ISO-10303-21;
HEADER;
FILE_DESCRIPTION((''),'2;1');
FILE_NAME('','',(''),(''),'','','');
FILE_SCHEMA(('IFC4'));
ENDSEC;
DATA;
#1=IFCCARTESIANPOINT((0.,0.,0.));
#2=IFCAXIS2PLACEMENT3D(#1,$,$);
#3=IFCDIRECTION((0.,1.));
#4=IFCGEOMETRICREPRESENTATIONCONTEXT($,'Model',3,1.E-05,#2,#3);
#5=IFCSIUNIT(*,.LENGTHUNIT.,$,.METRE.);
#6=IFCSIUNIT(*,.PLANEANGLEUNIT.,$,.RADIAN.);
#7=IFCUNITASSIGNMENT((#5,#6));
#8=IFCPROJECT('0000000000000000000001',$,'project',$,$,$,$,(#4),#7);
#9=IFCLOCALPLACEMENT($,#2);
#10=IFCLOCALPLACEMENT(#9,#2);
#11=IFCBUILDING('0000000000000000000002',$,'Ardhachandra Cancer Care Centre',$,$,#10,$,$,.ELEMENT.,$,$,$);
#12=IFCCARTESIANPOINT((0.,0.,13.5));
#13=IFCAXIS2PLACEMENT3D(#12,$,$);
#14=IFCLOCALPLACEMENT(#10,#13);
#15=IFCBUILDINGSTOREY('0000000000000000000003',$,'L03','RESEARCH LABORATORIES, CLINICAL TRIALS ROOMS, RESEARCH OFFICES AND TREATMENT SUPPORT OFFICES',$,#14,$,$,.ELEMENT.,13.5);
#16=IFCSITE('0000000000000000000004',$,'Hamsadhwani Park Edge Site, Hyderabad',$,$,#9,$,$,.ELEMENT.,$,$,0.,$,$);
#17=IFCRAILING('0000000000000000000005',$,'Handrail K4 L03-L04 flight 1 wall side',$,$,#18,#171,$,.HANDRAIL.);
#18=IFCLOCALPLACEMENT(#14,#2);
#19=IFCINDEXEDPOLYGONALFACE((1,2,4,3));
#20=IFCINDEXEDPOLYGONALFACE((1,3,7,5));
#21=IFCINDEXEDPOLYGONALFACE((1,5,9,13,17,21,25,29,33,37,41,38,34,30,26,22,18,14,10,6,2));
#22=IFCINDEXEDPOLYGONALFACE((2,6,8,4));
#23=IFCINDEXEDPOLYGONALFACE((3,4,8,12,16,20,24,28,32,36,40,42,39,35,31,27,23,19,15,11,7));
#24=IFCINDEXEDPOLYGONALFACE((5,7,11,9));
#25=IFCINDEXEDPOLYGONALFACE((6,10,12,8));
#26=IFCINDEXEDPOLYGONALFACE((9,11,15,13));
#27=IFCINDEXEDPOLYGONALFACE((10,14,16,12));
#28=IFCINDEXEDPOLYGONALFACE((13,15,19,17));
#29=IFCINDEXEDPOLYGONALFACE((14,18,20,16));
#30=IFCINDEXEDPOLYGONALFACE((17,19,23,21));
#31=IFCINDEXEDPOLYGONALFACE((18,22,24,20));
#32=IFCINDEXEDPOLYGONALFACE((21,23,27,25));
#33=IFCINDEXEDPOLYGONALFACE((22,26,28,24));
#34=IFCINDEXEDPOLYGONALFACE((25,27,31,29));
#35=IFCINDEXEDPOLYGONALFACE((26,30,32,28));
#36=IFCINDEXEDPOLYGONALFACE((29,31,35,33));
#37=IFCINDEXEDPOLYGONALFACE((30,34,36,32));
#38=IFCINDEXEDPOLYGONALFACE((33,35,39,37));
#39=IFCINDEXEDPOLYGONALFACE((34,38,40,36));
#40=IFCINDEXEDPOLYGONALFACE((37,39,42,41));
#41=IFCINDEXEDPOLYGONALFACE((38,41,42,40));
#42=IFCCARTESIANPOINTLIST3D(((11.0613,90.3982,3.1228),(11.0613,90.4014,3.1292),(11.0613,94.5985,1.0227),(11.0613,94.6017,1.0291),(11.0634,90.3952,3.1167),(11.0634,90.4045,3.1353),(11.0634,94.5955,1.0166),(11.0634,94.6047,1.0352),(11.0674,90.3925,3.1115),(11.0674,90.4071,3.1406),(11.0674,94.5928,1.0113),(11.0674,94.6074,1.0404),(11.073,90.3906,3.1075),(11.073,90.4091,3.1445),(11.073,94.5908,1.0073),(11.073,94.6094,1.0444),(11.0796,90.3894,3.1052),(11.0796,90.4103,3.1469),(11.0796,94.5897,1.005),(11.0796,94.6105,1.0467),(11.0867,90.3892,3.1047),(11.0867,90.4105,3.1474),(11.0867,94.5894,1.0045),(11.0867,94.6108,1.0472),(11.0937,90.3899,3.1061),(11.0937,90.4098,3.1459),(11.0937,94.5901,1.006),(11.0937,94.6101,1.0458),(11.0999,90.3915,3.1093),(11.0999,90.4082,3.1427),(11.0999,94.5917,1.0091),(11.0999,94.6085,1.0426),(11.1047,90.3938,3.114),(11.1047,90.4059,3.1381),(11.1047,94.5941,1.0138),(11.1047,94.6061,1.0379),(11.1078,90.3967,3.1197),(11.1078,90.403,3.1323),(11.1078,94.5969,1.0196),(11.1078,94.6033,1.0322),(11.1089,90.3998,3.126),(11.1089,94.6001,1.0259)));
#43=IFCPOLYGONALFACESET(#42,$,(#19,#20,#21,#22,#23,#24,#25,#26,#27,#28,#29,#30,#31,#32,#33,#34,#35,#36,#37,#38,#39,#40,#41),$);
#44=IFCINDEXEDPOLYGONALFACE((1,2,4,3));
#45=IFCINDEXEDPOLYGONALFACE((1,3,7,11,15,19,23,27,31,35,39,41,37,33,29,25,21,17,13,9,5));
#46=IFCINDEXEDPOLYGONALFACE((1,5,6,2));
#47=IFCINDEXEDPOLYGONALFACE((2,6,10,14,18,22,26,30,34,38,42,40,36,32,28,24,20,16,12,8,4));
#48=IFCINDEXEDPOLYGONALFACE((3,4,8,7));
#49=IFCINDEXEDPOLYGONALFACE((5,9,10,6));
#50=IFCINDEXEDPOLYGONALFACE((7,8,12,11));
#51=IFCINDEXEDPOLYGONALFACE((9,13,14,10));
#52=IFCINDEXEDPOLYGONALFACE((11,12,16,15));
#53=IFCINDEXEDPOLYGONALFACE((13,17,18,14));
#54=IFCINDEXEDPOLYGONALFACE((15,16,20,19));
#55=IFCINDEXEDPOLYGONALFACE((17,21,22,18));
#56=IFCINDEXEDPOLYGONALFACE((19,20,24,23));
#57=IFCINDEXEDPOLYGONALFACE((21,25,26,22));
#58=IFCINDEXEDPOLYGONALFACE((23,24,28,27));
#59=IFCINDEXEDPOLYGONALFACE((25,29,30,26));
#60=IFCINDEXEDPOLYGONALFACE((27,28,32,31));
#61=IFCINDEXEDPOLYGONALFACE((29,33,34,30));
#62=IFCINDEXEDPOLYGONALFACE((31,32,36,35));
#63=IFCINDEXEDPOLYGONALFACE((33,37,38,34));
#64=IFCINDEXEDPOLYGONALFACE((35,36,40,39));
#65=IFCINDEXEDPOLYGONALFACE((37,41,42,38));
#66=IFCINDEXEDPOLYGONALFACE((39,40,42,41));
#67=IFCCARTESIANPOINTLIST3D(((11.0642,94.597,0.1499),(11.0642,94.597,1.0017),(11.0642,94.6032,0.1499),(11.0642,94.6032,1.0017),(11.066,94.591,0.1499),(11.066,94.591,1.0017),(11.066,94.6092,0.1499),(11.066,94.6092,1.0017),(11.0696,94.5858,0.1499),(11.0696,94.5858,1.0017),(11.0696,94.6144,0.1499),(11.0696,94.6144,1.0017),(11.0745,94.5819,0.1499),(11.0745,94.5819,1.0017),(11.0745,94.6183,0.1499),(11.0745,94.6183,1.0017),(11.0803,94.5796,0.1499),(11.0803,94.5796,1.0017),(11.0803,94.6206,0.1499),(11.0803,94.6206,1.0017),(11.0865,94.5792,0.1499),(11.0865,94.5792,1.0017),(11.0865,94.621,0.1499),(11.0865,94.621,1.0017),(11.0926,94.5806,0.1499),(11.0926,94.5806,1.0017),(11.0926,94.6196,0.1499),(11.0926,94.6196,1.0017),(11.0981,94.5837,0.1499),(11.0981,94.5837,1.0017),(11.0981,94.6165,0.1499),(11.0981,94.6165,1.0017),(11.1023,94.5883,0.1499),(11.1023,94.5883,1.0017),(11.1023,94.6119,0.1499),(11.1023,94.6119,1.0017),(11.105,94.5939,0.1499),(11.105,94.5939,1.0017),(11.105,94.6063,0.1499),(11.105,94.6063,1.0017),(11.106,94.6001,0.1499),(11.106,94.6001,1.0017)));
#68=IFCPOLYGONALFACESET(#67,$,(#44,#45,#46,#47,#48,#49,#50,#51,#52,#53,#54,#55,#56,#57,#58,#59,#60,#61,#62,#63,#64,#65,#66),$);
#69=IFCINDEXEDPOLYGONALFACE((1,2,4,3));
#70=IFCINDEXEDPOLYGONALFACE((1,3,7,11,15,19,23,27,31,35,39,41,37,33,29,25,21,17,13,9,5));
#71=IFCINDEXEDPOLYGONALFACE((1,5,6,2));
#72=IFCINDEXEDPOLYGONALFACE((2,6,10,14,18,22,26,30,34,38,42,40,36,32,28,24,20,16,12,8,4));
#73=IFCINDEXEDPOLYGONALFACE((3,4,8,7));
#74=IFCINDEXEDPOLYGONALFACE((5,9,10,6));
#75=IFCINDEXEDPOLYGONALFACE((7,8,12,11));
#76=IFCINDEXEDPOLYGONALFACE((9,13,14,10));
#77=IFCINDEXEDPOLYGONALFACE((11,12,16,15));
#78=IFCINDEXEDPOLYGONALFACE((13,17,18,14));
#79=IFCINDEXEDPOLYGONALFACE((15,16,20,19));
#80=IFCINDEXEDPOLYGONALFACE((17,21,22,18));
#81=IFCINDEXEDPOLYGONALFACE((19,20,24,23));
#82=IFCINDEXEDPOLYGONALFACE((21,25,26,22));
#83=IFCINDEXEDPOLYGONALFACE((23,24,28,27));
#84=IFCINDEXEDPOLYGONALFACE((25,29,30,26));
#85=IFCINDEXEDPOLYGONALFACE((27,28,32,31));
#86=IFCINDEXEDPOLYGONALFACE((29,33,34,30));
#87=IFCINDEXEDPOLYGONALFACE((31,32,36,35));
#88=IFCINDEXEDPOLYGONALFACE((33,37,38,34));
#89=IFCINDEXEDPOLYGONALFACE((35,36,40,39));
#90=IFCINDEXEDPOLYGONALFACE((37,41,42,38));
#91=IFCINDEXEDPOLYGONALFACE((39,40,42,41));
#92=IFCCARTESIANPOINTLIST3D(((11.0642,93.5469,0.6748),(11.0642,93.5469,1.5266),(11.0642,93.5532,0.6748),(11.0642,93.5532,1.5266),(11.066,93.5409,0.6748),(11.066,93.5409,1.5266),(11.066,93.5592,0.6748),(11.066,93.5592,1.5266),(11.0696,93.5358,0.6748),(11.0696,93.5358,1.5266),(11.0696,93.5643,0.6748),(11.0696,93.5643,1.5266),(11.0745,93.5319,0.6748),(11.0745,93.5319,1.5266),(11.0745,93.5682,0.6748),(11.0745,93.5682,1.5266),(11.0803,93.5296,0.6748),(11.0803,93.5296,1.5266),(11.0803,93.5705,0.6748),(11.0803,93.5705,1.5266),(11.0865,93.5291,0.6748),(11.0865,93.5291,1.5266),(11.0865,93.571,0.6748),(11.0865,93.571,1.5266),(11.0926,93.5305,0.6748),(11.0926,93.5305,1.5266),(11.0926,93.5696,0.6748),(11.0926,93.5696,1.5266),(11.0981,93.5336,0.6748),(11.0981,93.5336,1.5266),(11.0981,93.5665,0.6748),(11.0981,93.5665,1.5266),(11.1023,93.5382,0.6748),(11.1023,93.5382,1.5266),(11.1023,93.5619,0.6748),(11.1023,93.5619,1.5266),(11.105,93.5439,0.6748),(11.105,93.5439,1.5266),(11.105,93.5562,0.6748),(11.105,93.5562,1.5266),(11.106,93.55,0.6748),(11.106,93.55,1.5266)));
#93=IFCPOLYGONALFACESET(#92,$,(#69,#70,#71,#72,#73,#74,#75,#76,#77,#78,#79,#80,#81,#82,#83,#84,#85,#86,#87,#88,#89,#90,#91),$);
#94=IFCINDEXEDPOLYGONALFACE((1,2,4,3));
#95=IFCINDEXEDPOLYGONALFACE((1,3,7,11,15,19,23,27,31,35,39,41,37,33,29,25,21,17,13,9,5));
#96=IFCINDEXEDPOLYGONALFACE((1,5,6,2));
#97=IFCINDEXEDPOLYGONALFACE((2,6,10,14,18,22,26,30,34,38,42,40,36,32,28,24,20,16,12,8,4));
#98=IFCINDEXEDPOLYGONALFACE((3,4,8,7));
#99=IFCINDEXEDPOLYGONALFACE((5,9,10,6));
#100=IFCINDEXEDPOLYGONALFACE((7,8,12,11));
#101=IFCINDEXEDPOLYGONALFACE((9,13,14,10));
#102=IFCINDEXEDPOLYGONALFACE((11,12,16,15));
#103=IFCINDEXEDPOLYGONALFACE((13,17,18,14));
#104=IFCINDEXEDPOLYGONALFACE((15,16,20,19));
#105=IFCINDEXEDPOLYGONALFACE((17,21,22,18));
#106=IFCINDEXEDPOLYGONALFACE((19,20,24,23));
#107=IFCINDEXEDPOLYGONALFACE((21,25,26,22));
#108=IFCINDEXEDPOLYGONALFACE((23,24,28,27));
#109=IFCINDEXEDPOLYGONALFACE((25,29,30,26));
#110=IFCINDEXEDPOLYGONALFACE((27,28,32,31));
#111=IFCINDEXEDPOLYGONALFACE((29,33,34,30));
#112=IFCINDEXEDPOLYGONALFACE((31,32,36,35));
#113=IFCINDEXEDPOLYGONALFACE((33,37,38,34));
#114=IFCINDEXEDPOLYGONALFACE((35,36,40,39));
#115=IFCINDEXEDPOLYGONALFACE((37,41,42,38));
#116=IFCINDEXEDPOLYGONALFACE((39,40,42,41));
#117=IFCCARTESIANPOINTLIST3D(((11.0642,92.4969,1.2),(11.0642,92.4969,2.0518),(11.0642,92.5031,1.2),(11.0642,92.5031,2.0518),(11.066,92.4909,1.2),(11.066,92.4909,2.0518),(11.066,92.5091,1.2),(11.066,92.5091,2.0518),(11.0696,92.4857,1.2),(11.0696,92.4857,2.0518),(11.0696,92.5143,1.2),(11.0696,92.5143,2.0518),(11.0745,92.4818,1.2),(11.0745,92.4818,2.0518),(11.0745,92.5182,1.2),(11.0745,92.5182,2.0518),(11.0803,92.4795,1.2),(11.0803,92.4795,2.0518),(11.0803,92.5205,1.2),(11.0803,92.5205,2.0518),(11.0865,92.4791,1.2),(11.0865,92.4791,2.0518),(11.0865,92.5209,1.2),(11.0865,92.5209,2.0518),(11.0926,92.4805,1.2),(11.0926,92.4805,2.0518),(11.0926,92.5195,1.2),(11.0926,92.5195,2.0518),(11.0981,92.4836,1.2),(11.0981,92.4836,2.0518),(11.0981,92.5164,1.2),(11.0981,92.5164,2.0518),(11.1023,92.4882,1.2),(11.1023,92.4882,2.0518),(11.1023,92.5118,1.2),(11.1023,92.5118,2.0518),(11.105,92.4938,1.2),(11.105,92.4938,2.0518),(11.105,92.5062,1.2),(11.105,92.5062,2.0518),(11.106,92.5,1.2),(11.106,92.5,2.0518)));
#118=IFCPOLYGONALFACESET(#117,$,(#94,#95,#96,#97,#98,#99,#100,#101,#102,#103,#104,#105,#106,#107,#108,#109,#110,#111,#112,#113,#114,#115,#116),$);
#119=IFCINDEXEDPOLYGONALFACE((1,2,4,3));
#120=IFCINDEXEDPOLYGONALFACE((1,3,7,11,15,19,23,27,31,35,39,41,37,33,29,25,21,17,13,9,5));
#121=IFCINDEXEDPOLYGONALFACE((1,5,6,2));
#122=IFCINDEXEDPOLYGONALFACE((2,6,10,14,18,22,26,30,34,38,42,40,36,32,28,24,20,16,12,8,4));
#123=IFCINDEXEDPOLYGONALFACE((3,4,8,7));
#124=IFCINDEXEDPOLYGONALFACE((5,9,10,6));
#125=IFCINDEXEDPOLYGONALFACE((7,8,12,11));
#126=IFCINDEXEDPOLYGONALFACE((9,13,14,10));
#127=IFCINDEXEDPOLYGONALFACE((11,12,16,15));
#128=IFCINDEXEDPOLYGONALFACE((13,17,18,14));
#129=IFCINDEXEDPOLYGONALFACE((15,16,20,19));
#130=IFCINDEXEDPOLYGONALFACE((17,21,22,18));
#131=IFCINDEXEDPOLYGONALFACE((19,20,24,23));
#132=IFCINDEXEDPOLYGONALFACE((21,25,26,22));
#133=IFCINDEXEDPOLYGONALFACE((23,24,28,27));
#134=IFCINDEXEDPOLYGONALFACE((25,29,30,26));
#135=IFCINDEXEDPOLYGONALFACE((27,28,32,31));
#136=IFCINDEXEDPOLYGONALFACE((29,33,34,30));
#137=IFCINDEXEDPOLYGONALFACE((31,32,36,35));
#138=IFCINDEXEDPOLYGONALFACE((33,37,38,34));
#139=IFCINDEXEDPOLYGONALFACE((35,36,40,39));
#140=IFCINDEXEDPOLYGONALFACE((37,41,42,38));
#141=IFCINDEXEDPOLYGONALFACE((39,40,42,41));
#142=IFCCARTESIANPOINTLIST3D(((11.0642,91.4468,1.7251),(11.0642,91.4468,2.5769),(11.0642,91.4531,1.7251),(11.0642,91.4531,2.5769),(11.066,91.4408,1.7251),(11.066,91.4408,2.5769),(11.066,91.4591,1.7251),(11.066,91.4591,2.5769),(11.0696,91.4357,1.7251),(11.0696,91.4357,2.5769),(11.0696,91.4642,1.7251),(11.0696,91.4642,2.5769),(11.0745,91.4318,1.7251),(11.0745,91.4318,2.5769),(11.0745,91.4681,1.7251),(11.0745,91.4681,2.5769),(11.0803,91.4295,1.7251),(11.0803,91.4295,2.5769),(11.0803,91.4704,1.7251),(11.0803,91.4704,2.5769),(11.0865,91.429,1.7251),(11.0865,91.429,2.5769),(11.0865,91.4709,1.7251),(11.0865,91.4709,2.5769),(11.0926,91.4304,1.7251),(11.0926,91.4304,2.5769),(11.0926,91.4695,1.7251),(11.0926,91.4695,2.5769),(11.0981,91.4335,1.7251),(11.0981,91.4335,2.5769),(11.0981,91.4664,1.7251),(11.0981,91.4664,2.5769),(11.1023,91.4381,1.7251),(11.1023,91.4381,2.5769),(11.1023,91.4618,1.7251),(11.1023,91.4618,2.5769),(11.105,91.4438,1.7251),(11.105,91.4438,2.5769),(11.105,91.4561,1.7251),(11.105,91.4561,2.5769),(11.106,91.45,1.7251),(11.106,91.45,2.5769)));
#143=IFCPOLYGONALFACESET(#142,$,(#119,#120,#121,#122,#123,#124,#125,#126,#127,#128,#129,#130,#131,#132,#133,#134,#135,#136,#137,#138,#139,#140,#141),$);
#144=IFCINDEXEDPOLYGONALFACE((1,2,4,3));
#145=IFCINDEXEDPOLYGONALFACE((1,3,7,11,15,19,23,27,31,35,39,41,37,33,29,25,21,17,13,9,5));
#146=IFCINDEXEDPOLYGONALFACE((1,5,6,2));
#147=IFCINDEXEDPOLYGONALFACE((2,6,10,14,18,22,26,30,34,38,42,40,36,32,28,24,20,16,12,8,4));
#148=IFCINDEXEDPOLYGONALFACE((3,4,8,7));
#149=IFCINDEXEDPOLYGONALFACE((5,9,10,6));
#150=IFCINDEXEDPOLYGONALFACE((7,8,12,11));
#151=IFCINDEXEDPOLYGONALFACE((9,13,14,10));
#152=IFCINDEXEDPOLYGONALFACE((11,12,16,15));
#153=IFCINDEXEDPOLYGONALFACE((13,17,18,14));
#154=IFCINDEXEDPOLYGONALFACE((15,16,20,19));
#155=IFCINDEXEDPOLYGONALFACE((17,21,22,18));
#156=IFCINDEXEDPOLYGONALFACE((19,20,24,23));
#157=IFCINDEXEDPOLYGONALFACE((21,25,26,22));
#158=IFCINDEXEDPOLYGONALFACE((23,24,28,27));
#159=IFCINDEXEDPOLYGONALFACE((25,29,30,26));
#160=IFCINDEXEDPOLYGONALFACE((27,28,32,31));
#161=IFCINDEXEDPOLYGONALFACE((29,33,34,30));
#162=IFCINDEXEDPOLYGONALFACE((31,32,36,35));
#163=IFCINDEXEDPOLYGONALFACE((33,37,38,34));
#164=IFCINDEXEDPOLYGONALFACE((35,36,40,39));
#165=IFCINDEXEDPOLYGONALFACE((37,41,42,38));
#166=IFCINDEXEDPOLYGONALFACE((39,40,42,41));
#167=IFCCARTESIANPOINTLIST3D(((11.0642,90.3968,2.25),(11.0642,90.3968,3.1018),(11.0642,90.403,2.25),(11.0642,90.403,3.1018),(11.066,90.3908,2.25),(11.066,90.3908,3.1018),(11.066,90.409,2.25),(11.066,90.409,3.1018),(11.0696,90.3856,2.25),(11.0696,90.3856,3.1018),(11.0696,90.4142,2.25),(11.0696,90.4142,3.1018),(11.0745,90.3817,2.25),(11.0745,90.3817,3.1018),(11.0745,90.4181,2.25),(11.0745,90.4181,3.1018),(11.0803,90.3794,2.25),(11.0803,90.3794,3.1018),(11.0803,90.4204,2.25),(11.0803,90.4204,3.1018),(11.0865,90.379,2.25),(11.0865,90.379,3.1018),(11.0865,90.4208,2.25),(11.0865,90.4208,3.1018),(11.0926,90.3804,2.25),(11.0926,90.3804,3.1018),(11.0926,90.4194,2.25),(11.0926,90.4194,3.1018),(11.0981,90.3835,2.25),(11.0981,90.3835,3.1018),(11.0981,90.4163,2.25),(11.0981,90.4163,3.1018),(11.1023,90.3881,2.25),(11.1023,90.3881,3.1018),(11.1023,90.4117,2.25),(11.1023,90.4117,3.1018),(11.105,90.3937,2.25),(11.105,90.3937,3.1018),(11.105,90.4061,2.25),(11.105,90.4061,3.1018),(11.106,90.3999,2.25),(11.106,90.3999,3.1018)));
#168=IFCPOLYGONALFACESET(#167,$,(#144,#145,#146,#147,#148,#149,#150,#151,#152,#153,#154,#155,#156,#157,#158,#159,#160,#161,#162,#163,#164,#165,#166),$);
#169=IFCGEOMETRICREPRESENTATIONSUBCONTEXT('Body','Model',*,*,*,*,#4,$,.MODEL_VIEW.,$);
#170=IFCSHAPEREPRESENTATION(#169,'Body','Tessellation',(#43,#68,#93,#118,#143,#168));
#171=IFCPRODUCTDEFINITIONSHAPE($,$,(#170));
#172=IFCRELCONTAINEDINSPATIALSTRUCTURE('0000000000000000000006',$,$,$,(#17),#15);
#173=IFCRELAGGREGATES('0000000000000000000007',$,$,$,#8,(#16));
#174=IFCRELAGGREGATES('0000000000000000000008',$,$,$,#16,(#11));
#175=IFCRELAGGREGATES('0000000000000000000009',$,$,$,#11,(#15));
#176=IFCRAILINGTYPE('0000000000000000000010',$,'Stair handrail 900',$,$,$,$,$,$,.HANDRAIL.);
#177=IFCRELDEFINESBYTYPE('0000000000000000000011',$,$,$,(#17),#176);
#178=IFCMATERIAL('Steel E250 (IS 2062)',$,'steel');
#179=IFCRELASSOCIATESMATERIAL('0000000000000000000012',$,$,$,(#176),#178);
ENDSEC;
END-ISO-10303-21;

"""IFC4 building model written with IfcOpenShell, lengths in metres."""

from ifc_helpers import new_model, si_unit, direction, frame, origin, origin_2d, place, context, subcontext, project, spatial, circle, extrude, material, type_object, element, save


model = new_model("IFC4")

# Units and contexts
model_context = context("Model", 3, precision=1e-05, world=origin(), true_north=direction((0.0, 1.0)))
body_context = subcontext(model_context, "Body", "Model", "MODEL_VIEW")
ifc_project = project(units=[si_unit("LENGTHUNIT", "METRE"), si_unit("PLANEANGLEUNIT", "RADIAN")], contexts=[model_context])

# Site, building, storey
site_placement = place(None, origin())
site = spatial("IfcSite", under=ifc_project, at=site_placement, Name="Hamsadhwani Park Edge Site, Hyderabad", CompositionType="ELEMENT", RefElevation=0.0)
building_placement = place(site_placement, origin())
building = spatial("IfcBuilding", under=site, at=building_placement, Name="Ardhachandra Cancer Care Centre", CompositionType="ELEMENT")
storey_placement = place(building_placement, frame((0.0, 0.0, 13.5)))
storey = spatial("IfcBuildingStorey", under=building, at=storey_placement, Name="L03", Description="RESEARCH LABORATORIES, CLINICAL TRIALS ROOMS, RESEARCH OFFICES AND TREATMENT SUPPORT OFFICES", CompositionType="ELEMENT", Elevation=13.5)

# Railing
ifc_material_1 = material(Name="Steel E250 (IS 2062)", Category="steel")
railing_type_1 = type_object("IfcRailingType", Name="Stair handrail 900", PredefinedType="HANDRAIL", material=ifc_material_1)
for number, where, name in (
    (1, (11.085, 94.6001, 0.1499), "Handrail K4 L03-L04 flight 1 wall side"),
):
    element("IfcRailing", number, at=place(storey_placement, frame(where)), inside=storey, type_object=railing_type_1, Name=name, PredefinedType="HANDRAIL", context=body_context, shape_type="SweptSolid", body=[
        extrude(circle(Radius=0.0239, at=origin_2d()), frame((0.0, 0.0, 0.876), z_axis=(0.0, -0.894427, 0.447214), x_axis=(1.0, 0.0, 0.0)), (0.0, 0.0, 1.0), 4.696),
        extrude(circle(Radius=0.021, at=origin_2d()), origin(), (0.0, 0.0, 1.0), 0.8518),
        extrude(circle(Radius=0.021, at=origin_2d()), frame((0.0, -1.05, 0.5249)), (0.0, 0.0, 1.0), 0.8518),
        extrude(circle(Radius=0.021, at=origin_2d()), frame((0.0, -2.1001, 1.05)), (0.0, 0.0, 1.0), 0.8518),
        extrude(circle(Radius=0.021, at=origin_2d()), frame((0.0, -3.1501, 1.5752)), (0.0, 0.0, 1.0), 0.8518),
        extrude(circle(Radius=0.021, at=origin_2d()), frame((0.0, -4.2002, 2.1001)), (0.0, 0.0, 1.0), 0.8518),
    ])

save(model, "model.ifc")
